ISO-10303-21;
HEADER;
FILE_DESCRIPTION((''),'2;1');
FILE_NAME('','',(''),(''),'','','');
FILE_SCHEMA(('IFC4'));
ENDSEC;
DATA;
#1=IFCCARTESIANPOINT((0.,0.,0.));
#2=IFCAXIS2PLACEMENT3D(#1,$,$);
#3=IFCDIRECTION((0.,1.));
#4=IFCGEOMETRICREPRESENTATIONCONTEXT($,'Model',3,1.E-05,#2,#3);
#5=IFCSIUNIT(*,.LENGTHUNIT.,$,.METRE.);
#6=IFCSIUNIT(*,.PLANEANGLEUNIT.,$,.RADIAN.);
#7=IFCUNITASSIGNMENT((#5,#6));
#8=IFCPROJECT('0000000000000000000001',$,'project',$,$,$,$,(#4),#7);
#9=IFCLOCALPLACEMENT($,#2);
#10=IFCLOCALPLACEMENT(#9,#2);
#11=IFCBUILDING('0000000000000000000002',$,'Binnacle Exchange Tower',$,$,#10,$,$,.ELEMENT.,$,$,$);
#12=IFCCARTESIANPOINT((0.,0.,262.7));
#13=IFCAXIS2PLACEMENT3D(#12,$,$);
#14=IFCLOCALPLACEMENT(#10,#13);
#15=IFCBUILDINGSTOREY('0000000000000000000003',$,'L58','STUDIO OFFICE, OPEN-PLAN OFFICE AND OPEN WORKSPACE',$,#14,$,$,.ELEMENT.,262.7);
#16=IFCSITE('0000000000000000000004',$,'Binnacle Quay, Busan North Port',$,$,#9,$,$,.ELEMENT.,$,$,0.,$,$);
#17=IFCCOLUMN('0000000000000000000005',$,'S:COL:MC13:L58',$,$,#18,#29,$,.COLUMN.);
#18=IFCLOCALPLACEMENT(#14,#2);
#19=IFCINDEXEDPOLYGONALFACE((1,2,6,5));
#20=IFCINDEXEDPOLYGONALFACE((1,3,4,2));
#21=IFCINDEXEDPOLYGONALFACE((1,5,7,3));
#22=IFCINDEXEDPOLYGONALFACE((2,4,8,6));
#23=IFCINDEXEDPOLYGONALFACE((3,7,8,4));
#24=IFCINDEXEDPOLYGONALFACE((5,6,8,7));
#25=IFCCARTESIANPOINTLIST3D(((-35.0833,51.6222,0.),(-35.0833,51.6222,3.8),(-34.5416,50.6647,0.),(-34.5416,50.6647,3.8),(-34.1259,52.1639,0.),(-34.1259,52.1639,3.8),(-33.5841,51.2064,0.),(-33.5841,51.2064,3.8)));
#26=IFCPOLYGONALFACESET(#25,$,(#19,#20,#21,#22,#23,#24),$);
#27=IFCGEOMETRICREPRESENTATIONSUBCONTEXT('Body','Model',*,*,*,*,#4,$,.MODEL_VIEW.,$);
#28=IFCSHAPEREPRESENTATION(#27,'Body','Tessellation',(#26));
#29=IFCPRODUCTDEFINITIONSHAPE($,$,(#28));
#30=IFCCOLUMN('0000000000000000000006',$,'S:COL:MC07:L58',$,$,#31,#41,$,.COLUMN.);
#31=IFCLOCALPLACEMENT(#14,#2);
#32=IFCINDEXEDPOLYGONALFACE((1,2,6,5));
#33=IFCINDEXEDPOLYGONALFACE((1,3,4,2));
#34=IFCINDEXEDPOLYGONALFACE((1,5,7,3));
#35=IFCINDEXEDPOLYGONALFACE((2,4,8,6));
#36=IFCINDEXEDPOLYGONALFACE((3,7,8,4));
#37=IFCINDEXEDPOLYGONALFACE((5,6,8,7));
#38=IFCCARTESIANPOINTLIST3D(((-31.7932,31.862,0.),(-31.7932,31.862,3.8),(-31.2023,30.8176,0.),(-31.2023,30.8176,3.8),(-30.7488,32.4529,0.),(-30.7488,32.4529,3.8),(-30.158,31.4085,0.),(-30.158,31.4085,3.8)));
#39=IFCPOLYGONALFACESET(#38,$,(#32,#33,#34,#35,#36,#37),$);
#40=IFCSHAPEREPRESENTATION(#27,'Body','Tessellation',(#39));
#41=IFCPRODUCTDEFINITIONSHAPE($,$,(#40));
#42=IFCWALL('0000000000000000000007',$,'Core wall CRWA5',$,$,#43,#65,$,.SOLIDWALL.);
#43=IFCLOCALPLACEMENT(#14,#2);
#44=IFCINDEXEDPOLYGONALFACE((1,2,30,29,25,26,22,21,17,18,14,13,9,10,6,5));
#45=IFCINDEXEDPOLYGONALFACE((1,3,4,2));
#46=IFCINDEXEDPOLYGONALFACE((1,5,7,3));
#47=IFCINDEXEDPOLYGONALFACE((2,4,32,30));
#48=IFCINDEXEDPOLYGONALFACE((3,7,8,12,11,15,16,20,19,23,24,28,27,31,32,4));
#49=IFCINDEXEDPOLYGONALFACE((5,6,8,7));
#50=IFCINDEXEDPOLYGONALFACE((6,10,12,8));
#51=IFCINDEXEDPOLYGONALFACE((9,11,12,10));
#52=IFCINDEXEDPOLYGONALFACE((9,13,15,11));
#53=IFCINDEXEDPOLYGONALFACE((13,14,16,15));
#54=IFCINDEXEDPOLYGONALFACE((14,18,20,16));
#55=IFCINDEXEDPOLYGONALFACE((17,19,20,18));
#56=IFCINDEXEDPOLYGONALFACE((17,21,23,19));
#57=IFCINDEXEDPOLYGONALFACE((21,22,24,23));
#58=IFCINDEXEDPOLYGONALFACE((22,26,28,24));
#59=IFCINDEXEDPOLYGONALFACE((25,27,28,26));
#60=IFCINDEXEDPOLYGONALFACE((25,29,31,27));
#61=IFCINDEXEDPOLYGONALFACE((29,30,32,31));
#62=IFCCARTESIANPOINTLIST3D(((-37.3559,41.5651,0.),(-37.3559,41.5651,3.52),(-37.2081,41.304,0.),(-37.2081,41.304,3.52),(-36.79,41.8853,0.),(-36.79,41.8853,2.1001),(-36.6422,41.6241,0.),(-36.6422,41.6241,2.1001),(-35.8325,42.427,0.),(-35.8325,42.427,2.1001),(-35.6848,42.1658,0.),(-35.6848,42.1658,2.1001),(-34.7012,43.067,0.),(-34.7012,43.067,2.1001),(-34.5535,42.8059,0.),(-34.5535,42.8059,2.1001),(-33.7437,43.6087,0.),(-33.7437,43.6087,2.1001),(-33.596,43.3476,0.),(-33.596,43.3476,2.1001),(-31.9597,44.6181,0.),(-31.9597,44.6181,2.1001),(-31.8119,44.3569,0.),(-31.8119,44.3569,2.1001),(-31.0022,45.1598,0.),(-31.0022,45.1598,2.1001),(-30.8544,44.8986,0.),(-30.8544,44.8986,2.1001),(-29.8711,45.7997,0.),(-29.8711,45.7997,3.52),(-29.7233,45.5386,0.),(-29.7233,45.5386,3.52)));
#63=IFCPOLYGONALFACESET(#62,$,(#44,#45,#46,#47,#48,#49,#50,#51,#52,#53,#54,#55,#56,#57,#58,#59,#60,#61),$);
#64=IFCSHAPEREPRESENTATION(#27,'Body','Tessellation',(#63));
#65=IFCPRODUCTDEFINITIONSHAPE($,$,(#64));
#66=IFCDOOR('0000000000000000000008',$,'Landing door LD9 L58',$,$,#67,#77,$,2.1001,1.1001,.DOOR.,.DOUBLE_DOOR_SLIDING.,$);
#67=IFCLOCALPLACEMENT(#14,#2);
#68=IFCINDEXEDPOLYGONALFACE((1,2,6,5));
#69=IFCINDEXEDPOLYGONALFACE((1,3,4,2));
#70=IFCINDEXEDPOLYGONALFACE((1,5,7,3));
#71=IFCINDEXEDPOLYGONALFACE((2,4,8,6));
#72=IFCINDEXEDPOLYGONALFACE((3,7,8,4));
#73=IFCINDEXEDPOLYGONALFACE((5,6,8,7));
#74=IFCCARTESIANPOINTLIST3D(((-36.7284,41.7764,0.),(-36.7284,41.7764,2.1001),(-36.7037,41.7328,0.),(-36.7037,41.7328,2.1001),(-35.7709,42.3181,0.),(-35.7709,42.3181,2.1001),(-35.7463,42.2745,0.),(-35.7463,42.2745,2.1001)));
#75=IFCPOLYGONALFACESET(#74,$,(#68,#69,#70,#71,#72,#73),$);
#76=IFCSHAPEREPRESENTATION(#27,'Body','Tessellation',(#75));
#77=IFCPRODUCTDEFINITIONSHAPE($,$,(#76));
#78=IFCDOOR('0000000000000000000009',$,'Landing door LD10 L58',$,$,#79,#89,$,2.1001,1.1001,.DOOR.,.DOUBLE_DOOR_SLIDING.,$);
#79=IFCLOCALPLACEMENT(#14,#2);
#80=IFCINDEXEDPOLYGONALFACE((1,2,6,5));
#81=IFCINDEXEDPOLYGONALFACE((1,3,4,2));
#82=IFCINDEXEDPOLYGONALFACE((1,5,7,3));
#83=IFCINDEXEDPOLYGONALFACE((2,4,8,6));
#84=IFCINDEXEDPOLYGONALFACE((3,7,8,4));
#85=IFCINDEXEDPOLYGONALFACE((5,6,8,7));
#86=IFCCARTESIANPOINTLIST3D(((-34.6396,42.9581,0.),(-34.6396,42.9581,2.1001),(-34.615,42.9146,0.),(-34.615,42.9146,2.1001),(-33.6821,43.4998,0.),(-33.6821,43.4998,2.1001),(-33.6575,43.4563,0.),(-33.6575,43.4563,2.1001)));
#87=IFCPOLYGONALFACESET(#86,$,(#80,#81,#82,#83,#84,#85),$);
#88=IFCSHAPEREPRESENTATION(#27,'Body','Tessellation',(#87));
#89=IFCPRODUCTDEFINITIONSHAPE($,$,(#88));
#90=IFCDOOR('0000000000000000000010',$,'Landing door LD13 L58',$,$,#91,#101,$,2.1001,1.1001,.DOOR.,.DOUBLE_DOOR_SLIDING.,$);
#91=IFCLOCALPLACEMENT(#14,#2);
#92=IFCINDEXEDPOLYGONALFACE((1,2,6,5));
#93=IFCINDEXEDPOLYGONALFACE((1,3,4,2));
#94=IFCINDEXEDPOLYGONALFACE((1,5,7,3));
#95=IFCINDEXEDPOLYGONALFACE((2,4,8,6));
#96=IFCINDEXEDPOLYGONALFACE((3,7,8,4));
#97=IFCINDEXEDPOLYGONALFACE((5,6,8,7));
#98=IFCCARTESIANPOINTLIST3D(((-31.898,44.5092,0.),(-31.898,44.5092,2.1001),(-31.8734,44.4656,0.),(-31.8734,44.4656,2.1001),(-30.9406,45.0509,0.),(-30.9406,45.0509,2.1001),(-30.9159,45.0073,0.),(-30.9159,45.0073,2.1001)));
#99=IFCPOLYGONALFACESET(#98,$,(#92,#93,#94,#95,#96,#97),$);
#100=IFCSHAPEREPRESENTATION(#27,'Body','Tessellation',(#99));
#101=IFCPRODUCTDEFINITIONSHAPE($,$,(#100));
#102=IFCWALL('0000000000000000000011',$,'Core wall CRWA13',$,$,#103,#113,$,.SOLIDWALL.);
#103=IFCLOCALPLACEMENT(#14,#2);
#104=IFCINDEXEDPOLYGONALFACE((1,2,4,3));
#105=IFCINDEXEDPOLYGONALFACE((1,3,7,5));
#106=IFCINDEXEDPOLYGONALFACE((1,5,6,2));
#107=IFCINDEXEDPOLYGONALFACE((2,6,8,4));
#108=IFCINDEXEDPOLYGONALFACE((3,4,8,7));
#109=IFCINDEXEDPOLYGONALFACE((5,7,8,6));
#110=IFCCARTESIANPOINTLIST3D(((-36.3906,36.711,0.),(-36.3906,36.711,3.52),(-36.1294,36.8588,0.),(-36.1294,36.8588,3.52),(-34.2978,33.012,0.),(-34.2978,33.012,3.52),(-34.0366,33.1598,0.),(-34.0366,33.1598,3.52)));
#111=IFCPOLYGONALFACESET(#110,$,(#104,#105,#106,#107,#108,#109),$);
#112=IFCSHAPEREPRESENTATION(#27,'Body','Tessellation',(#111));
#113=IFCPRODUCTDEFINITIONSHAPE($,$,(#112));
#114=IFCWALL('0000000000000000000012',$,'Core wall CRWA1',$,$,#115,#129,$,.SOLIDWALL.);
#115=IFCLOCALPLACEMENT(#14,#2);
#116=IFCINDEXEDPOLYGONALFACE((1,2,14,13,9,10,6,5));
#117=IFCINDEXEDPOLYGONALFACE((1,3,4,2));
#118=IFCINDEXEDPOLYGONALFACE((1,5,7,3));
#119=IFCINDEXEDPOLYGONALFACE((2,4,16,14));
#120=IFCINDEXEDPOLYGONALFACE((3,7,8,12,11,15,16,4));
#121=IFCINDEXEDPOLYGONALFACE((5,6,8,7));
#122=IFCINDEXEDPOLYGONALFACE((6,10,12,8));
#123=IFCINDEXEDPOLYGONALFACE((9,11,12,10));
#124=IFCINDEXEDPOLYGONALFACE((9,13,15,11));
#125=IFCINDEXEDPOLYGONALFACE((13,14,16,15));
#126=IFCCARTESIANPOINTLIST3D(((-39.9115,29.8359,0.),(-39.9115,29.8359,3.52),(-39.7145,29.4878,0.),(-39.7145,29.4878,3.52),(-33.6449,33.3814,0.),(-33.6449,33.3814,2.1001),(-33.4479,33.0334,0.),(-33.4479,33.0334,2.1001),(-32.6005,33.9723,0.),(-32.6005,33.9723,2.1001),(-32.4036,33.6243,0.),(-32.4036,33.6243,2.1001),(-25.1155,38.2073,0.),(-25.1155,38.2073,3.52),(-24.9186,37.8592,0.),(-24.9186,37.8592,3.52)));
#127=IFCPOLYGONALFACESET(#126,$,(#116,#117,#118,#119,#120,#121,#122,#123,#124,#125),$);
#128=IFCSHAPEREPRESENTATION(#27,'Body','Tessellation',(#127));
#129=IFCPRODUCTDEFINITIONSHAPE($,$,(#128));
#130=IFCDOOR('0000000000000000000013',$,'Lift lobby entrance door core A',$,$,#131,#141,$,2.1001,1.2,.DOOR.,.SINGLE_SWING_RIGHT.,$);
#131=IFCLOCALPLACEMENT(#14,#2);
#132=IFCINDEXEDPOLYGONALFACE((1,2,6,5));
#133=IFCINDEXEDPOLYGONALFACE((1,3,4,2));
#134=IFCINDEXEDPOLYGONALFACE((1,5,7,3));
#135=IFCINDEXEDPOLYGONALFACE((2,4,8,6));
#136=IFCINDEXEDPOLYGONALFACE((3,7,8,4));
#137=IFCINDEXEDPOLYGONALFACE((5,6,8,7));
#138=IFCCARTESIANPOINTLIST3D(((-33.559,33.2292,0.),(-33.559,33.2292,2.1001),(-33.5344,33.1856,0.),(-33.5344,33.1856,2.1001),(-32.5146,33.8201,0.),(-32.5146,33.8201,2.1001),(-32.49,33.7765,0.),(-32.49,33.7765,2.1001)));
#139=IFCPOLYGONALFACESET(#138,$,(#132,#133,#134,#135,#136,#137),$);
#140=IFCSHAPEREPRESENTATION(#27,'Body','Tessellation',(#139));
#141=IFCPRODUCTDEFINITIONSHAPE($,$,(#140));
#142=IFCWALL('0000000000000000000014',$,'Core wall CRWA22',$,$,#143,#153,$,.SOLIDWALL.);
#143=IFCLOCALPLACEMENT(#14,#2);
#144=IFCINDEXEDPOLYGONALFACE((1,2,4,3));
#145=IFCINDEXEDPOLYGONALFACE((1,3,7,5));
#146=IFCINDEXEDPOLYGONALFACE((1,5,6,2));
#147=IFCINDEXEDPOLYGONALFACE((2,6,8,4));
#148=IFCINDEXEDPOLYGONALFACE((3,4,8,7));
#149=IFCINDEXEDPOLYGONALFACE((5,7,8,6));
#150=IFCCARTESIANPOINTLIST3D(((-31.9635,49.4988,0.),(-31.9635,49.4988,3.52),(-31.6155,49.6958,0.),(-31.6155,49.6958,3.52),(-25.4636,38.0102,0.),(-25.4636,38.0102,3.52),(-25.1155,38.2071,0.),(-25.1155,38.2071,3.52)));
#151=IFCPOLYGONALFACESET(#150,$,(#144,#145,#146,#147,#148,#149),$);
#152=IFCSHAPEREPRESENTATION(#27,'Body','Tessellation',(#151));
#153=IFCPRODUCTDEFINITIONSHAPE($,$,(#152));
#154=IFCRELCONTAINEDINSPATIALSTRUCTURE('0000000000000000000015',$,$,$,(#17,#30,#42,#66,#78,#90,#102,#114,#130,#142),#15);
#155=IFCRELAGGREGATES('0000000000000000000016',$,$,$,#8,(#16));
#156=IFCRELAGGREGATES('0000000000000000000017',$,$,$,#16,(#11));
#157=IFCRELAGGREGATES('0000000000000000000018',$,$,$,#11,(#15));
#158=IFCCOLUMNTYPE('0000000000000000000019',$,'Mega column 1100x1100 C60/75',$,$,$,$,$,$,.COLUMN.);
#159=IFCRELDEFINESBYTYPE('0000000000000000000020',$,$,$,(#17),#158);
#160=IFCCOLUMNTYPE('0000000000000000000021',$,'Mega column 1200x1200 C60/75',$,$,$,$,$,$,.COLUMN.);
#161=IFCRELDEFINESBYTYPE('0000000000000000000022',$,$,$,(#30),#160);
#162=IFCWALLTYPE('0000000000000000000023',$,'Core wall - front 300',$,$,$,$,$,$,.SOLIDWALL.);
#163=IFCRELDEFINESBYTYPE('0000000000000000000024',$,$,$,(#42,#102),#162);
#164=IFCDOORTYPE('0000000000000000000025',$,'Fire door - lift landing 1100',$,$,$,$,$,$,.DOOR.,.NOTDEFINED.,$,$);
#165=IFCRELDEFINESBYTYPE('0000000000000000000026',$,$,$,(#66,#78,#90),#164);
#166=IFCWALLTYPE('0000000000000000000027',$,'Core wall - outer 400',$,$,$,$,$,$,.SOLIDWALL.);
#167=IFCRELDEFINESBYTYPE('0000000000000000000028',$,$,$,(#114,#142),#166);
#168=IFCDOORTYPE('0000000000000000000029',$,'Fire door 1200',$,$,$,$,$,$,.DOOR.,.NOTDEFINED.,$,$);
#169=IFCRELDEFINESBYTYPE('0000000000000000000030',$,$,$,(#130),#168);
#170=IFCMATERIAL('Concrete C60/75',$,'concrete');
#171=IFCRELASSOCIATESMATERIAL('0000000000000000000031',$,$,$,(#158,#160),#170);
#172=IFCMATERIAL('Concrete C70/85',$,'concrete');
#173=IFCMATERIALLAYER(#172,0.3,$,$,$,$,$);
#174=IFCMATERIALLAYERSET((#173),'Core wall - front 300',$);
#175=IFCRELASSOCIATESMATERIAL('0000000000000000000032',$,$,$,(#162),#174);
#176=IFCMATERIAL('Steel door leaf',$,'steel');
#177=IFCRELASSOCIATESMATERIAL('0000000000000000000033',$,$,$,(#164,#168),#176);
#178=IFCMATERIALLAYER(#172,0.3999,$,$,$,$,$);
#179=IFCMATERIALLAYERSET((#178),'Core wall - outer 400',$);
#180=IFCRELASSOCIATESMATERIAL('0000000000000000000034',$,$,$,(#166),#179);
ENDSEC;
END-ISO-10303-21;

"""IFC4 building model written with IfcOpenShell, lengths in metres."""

from ifc_helpers import new_model, si_unit, direction, frame, frame_2d, origin, origin_2d, place, context, subcontext, project, spatial, rectangle, extrude, material, layer, layer_set, material_profile, profile_set, type_object, element, fill, save


model = new_model("IFC4")

# Units and contexts
model_context = context("Model", 3, precision=1e-05, world=origin(), true_north=direction((0.0, 1.0)))
body_context = subcontext(model_context, "Body", "Model", "MODEL_VIEW")
ifc_project = project(units=[si_unit("LENGTHUNIT", "METRE"), si_unit("PLANEANGLEUNIT", "RADIAN")], contexts=[model_context])

# Site, building, storey
site_placement = place(None, origin())
site = spatial("IfcSite", under=ifc_project, at=site_placement, Name="Binnacle Quay, Busan North Port", CompositionType="ELEMENT", RefElevation=0.0)
building_placement = place(site_placement, origin())
building = spatial("IfcBuilding", under=site, at=building_placement, Name="Binnacle Exchange Tower", CompositionType="ELEMENT")
storey_placement = place(building_placement, frame((0.0, 0.0, 262.7)))
storey = spatial("IfcBuildingStorey", under=building, at=storey_placement, Name="L58", Description="STUDIO OFFICE, OPEN-PLAN OFFICE AND OPEN WORKSPACE", CompositionType="ELEMENT", Elevation=262.7)

# Columns
ifc_material_1 = material(Name="Concrete C60/75", Category="concrete")
ifc_material_profile_1 = material_profile(ifc_material_1, rectangle(XDim=1.1001, YDim=1.1001, at=origin_2d()), Name="Mega column 1100x1100 C60/75")
ifc_profile_set_1 = profile_set([ifc_material_profile_1], Name="Concrete C60/75")
column_type_1 = type_object("IfcColumnType", Name="Mega column 1100x1100 C60/75", PredefinedType="COLUMN", material=ifc_profile_set_1)
column_1_placement = place(storey_placement, frame((-34.3337, 51.4143, 0.0), z_axis=(0.0, 0.0, 1.0), x_axis=(-0.870356, -0.492424, 0.0)))
element("IfcColumn", 1, at=column_1_placement, inside=storey, type_object=column_type_1, Name="S:COL:MC13:L58", PredefinedType="COLUMN", context=body_context, shape_type="SweptSolid", body=[
    extrude(rectangle(XDim=1.1001, YDim=1.1001, at=origin_2d()), origin(), (0.0, 0.0, 1.0), 3.8),
])
ifc_material_profile_2 = material_profile(ifc_material_1, rectangle(XDim=1.2, YDim=1.2, at=origin_2d()), Name="Mega column 1200x1200 C60/75")
ifc_profile_set_2 = profile_set([ifc_material_profile_2], Name="Concrete C60/75")
column_type_2 = type_object("IfcColumnType", Name="Mega column 1200x1200 C60/75", PredefinedType="COLUMN", material=ifc_profile_set_2)
column_2_placement = place(storey_placement, frame((-30.9756, 31.6353, 0.0), z_axis=(0.0, 0.0, 1.0), x_axis=(0.870356, 0.492424, 0.0)))
element("IfcColumn", 2, at=column_2_placement, inside=storey, type_object=column_type_2, Name="S:COL:MC07:L58", PredefinedType="COLUMN", context=body_context, shape_type="SweptSolid", body=[
    extrude(rectangle(XDim=1.2, YDim=1.2, at=origin_2d()), origin(), (0.0, 0.0, 1.0), 3.8),
])

# Wall, openings, doors
ifc_material_2 = material(Name="Concrete C70/85", Category="concrete")
ifc_layer_1 = layer(ifc_material_2, 0.3)
ifc_layer_set_1 = layer_set([ifc_layer_1], Name="Core wall - front 300")
wall_type_1 = type_object("IfcWallType", Name="Core wall - front 300", PredefinedType="SOLIDWALL", material=ifc_layer_set_1)
wall_1_placement = place(storey_placement, frame((-37.282, 41.4346, 0.0), z_axis=(0.0, 0.0, 1.0), x_axis=(0.870361, 0.492414, 0.0)))
wall_1 = element("IfcWall", 3, at=wall_1_placement, inside=storey, type_object=wall_type_1, Name="Core wall CRWA5", PredefinedType="SOLIDWALL", context=body_context, shape_type="SweptSolid", body=[
    extrude(rectangle(XDim=8.5996, YDim=0.3, at=frame_2d((4.2998, 0.0))), origin(), (0.0, 0.0, 1.0), 3.52),
])
opening_1_placement = place(wall_1_placement, frame((0.6501, 0.0, 0.0)))
opening_1 = element("IfcOpeningElement", 4, at=opening_1_placement, cuts=wall_1, PredefinedType="OPENING", context=body_context, shape_type="SweptSolid", body=[
    extrude(rectangle(XDim=1.1001, YDim=2.1001, at=frame_2d((0.55, 1.05))), frame((0.0, 0.1599, 0.0), z_axis=(0.0, -1.0, 0.0), x_axis=(1.0, 0.0, 0.0)), (0.0, 0.0, 1.0), 0.3201),
])
opening_2_placement = place(wall_1_placement, frame((3.05, 0.0, 0.0)))
opening_2 = element("IfcOpeningElement", 5, at=opening_2_placement, cuts=wall_1, PredefinedType="OPENING", context=body_context, shape_type="SweptSolid", body=[
    extrude(rectangle(XDim=1.1001, YDim=2.1001, at=frame_2d((0.55, 1.05))), frame((0.0, 0.1599, 0.0), z_axis=(0.0, -1.0, 0.0), x_axis=(1.0, 0.0, 0.0)), (0.0, 0.0, 1.0), 0.3201),
])
opening_3_placement = place(wall_1_placement, frame((6.2, 0.0, 0.0)))
opening_3 = element("IfcOpeningElement", 6, at=opening_3_placement, cuts=wall_1, PredefinedType="OPENING", context=body_context, shape_type="SweptSolid", body=[
    extrude(rectangle(XDim=1.1001, YDim=2.1001, at=frame_2d((0.55, 1.05))), frame((0.0, 0.1599, 0.0), z_axis=(0.0, -1.0, 0.0), x_axis=(1.0, 0.0, 0.0)), (0.0, 0.0, 1.0), 0.3201),
])
ifc_material_3 = material(Name="Steel door leaf", Category="steel")
door_type_1 = type_object("IfcDoorType", Name="Fire door - lift landing 1100", OperationType="NOTDEFINED", PredefinedType="DOOR", material=ifc_material_3)
door_1_placement = place(opening_1_placement, origin())
door_1 = element("IfcDoor", 7, at=door_1_placement, inside=storey, type_object=door_type_1, Name="Landing door LD9 L58", OperationType="DOUBLE_DOOR_SLIDING", OverallHeight=2.1001, OverallWidth=1.1001, PredefinedType="DOOR", context=body_context, shape_type="SweptSolid", body=[
    extrude(rectangle(XDim=1.1001, YDim=2.1001, at=frame_2d((0.55, 1.05))), frame((0.0, 0.0249, 0.0), z_axis=(0.0, -1.0, 0.0), x_axis=(1.0, 0.0, 0.0)), (0.0, 0.0, 1.0), 0.05),
])
fill(opening_1, door_1)
door_2_placement = place(opening_2_placement, origin())
door_2 = element("IfcDoor", 8, at=door_2_placement, inside=storey, type_object=door_type_1, Name="Landing door LD10 L58", OperationType="DOUBLE_DOOR_SLIDING", OverallHeight=2.1001, OverallWidth=1.1001, PredefinedType="DOOR", context=body_context, shape_type="SweptSolid", body=[
    extrude(rectangle(XDim=1.1001, YDim=2.1001, at=frame_2d((0.55, 1.05))), frame((0.0, 0.0249, 0.0), z_axis=(0.0, -1.0, 0.0), x_axis=(1.0, 0.0, 0.0)), (0.0, 0.0, 1.0), 0.05),
])
fill(opening_2, door_2)
door_3_placement = place(opening_3_placement, origin())
door_3 = element("IfcDoor", 9, at=door_3_placement, inside=storey, type_object=door_type_1, Name="Landing door LD13 L58", OperationType="DOUBLE_DOOR_SLIDING", OverallHeight=2.1001, OverallWidth=1.1001, PredefinedType="DOOR", context=body_context, shape_type="SweptSolid", body=[
    extrude(rectangle(XDim=1.1001, YDim=2.1001, at=frame_2d((0.55, 1.05))), frame((0.0, 0.0249, 0.0), z_axis=(0.0, -1.0, 0.0), x_axis=(1.0, 0.0, 0.0)), (0.0, 0.0, 1.0), 0.05),
])
fill(opening_3, door_3)

# Wall
wall_2_placement = place(storey_placement, frame((-36.26, 36.7849, 0.0), z_axis=(0.0, 0.0, 1.0), x_axis=(0.492423, -0.870356, 0.0)))
element("IfcWall", 10, at=wall_2_placement, inside=storey, type_object=wall_type_1, Name="Core wall CRWA13", PredefinedType="SOLIDWALL", context=body_context, shape_type="SweptSolid", body=[
    extrude(rectangle(XDim=4.25, YDim=0.3, at=frame_2d((2.125, 0.0))), origin(), (0.0, 0.0, 1.0), 3.52),
])

# Wall, opening, door
ifc_layer_2 = layer(ifc_material_2, 0.3999)
ifc_layer_set_2 = layer_set([ifc_layer_2], Name="Core wall - outer 400")
wall_type_2 = type_object("IfcWallType", Name="Core wall - outer 400", PredefinedType="SOLIDWALL", material=ifc_layer_set_2)
wall_3_placement = place(storey_placement, frame((-39.813, 29.6619, 0.0), z_axis=(0.0, 0.0, 1.0), x_axis=(0.87035, 0.492433, 0.0)))
wall_3 = element("IfcWall", 11, at=wall_3_placement, inside=storey, type_object=wall_type_2, Name="Core wall CRWA1", PredefinedType="SOLIDWALL", context=body_context, shape_type="SweptSolid", body=[
    extrude(rectangle(XDim=17.0, YDim=0.3999, at=frame_2d((8.5, 0.0))), origin(), (0.0, 0.0, 1.0), 3.52),
])
opening_4_placement = place(wall_3_placement, frame((7.2, 0.0, 0.0)))
opening_4 = element("IfcOpeningElement", 12, at=opening_4_placement, cuts=wall_3, PredefinedType="OPENING", context=body_context, shape_type="SweptSolid", body=[
    extrude(rectangle(XDim=1.2, YDim=2.1001, at=frame_2d((0.6001, 1.05))), frame((0.0, 0.21, 0.0), z_axis=(0.0, -1.0, 0.0), x_axis=(1.0, 0.0, 0.0)), (0.0, 0.0, 1.0), 0.4199),
])
door_type_2 = type_object("IfcDoorType", Name="Fire door 1200", OperationType="NOTDEFINED", PredefinedType="DOOR", material=ifc_material_3)
door_4_placement = place(opening_4_placement, frame((1.2, 0.0, 0.0), z_axis=(0.0, 0.0, 1.0), x_axis=(-1.0, 0.0, 0.0)))
door_4 = element("IfcDoor", 13, at=door_4_placement, inside=storey, type_object=door_type_2, Name="Lift lobby entrance door core A", OperationType="SINGLE_SWING_RIGHT", OverallHeight=2.1001, OverallWidth=1.2, PredefinedType="DOOR", context=body_context, shape_type="SweptSolid", body=[
    extrude(rectangle(XDim=1.2, YDim=2.1001, at=frame_2d((0.6001, 1.05))), frame((0.0, 0.0249, 0.0), z_axis=(0.0, -1.0, 0.0), x_axis=(1.0, 0.0, 0.0)), (0.0, 0.0, 1.0), 0.05),
])
fill(opening_4, door_4)

# Wall
wall_4_placement = place(storey_placement, frame((-31.7896, 49.5974, 0.0), z_axis=(0.0, 0.0, 1.0), x_axis=(0.492422, -0.870357, 0.0)))
element("IfcWall", 14, at=wall_4_placement, inside=storey, type_object=wall_type_2, Name="Core wall CRWA22", PredefinedType="SOLIDWALL", context=body_context, shape_type="SweptSolid", body=[
    extrude(rectangle(XDim=13.2, YDim=0.3999, at=frame_2d((6.6001, 0.0))), origin(), (0.0, 0.0, 1.0), 3.52),
])

save(model, "model.ifc")
